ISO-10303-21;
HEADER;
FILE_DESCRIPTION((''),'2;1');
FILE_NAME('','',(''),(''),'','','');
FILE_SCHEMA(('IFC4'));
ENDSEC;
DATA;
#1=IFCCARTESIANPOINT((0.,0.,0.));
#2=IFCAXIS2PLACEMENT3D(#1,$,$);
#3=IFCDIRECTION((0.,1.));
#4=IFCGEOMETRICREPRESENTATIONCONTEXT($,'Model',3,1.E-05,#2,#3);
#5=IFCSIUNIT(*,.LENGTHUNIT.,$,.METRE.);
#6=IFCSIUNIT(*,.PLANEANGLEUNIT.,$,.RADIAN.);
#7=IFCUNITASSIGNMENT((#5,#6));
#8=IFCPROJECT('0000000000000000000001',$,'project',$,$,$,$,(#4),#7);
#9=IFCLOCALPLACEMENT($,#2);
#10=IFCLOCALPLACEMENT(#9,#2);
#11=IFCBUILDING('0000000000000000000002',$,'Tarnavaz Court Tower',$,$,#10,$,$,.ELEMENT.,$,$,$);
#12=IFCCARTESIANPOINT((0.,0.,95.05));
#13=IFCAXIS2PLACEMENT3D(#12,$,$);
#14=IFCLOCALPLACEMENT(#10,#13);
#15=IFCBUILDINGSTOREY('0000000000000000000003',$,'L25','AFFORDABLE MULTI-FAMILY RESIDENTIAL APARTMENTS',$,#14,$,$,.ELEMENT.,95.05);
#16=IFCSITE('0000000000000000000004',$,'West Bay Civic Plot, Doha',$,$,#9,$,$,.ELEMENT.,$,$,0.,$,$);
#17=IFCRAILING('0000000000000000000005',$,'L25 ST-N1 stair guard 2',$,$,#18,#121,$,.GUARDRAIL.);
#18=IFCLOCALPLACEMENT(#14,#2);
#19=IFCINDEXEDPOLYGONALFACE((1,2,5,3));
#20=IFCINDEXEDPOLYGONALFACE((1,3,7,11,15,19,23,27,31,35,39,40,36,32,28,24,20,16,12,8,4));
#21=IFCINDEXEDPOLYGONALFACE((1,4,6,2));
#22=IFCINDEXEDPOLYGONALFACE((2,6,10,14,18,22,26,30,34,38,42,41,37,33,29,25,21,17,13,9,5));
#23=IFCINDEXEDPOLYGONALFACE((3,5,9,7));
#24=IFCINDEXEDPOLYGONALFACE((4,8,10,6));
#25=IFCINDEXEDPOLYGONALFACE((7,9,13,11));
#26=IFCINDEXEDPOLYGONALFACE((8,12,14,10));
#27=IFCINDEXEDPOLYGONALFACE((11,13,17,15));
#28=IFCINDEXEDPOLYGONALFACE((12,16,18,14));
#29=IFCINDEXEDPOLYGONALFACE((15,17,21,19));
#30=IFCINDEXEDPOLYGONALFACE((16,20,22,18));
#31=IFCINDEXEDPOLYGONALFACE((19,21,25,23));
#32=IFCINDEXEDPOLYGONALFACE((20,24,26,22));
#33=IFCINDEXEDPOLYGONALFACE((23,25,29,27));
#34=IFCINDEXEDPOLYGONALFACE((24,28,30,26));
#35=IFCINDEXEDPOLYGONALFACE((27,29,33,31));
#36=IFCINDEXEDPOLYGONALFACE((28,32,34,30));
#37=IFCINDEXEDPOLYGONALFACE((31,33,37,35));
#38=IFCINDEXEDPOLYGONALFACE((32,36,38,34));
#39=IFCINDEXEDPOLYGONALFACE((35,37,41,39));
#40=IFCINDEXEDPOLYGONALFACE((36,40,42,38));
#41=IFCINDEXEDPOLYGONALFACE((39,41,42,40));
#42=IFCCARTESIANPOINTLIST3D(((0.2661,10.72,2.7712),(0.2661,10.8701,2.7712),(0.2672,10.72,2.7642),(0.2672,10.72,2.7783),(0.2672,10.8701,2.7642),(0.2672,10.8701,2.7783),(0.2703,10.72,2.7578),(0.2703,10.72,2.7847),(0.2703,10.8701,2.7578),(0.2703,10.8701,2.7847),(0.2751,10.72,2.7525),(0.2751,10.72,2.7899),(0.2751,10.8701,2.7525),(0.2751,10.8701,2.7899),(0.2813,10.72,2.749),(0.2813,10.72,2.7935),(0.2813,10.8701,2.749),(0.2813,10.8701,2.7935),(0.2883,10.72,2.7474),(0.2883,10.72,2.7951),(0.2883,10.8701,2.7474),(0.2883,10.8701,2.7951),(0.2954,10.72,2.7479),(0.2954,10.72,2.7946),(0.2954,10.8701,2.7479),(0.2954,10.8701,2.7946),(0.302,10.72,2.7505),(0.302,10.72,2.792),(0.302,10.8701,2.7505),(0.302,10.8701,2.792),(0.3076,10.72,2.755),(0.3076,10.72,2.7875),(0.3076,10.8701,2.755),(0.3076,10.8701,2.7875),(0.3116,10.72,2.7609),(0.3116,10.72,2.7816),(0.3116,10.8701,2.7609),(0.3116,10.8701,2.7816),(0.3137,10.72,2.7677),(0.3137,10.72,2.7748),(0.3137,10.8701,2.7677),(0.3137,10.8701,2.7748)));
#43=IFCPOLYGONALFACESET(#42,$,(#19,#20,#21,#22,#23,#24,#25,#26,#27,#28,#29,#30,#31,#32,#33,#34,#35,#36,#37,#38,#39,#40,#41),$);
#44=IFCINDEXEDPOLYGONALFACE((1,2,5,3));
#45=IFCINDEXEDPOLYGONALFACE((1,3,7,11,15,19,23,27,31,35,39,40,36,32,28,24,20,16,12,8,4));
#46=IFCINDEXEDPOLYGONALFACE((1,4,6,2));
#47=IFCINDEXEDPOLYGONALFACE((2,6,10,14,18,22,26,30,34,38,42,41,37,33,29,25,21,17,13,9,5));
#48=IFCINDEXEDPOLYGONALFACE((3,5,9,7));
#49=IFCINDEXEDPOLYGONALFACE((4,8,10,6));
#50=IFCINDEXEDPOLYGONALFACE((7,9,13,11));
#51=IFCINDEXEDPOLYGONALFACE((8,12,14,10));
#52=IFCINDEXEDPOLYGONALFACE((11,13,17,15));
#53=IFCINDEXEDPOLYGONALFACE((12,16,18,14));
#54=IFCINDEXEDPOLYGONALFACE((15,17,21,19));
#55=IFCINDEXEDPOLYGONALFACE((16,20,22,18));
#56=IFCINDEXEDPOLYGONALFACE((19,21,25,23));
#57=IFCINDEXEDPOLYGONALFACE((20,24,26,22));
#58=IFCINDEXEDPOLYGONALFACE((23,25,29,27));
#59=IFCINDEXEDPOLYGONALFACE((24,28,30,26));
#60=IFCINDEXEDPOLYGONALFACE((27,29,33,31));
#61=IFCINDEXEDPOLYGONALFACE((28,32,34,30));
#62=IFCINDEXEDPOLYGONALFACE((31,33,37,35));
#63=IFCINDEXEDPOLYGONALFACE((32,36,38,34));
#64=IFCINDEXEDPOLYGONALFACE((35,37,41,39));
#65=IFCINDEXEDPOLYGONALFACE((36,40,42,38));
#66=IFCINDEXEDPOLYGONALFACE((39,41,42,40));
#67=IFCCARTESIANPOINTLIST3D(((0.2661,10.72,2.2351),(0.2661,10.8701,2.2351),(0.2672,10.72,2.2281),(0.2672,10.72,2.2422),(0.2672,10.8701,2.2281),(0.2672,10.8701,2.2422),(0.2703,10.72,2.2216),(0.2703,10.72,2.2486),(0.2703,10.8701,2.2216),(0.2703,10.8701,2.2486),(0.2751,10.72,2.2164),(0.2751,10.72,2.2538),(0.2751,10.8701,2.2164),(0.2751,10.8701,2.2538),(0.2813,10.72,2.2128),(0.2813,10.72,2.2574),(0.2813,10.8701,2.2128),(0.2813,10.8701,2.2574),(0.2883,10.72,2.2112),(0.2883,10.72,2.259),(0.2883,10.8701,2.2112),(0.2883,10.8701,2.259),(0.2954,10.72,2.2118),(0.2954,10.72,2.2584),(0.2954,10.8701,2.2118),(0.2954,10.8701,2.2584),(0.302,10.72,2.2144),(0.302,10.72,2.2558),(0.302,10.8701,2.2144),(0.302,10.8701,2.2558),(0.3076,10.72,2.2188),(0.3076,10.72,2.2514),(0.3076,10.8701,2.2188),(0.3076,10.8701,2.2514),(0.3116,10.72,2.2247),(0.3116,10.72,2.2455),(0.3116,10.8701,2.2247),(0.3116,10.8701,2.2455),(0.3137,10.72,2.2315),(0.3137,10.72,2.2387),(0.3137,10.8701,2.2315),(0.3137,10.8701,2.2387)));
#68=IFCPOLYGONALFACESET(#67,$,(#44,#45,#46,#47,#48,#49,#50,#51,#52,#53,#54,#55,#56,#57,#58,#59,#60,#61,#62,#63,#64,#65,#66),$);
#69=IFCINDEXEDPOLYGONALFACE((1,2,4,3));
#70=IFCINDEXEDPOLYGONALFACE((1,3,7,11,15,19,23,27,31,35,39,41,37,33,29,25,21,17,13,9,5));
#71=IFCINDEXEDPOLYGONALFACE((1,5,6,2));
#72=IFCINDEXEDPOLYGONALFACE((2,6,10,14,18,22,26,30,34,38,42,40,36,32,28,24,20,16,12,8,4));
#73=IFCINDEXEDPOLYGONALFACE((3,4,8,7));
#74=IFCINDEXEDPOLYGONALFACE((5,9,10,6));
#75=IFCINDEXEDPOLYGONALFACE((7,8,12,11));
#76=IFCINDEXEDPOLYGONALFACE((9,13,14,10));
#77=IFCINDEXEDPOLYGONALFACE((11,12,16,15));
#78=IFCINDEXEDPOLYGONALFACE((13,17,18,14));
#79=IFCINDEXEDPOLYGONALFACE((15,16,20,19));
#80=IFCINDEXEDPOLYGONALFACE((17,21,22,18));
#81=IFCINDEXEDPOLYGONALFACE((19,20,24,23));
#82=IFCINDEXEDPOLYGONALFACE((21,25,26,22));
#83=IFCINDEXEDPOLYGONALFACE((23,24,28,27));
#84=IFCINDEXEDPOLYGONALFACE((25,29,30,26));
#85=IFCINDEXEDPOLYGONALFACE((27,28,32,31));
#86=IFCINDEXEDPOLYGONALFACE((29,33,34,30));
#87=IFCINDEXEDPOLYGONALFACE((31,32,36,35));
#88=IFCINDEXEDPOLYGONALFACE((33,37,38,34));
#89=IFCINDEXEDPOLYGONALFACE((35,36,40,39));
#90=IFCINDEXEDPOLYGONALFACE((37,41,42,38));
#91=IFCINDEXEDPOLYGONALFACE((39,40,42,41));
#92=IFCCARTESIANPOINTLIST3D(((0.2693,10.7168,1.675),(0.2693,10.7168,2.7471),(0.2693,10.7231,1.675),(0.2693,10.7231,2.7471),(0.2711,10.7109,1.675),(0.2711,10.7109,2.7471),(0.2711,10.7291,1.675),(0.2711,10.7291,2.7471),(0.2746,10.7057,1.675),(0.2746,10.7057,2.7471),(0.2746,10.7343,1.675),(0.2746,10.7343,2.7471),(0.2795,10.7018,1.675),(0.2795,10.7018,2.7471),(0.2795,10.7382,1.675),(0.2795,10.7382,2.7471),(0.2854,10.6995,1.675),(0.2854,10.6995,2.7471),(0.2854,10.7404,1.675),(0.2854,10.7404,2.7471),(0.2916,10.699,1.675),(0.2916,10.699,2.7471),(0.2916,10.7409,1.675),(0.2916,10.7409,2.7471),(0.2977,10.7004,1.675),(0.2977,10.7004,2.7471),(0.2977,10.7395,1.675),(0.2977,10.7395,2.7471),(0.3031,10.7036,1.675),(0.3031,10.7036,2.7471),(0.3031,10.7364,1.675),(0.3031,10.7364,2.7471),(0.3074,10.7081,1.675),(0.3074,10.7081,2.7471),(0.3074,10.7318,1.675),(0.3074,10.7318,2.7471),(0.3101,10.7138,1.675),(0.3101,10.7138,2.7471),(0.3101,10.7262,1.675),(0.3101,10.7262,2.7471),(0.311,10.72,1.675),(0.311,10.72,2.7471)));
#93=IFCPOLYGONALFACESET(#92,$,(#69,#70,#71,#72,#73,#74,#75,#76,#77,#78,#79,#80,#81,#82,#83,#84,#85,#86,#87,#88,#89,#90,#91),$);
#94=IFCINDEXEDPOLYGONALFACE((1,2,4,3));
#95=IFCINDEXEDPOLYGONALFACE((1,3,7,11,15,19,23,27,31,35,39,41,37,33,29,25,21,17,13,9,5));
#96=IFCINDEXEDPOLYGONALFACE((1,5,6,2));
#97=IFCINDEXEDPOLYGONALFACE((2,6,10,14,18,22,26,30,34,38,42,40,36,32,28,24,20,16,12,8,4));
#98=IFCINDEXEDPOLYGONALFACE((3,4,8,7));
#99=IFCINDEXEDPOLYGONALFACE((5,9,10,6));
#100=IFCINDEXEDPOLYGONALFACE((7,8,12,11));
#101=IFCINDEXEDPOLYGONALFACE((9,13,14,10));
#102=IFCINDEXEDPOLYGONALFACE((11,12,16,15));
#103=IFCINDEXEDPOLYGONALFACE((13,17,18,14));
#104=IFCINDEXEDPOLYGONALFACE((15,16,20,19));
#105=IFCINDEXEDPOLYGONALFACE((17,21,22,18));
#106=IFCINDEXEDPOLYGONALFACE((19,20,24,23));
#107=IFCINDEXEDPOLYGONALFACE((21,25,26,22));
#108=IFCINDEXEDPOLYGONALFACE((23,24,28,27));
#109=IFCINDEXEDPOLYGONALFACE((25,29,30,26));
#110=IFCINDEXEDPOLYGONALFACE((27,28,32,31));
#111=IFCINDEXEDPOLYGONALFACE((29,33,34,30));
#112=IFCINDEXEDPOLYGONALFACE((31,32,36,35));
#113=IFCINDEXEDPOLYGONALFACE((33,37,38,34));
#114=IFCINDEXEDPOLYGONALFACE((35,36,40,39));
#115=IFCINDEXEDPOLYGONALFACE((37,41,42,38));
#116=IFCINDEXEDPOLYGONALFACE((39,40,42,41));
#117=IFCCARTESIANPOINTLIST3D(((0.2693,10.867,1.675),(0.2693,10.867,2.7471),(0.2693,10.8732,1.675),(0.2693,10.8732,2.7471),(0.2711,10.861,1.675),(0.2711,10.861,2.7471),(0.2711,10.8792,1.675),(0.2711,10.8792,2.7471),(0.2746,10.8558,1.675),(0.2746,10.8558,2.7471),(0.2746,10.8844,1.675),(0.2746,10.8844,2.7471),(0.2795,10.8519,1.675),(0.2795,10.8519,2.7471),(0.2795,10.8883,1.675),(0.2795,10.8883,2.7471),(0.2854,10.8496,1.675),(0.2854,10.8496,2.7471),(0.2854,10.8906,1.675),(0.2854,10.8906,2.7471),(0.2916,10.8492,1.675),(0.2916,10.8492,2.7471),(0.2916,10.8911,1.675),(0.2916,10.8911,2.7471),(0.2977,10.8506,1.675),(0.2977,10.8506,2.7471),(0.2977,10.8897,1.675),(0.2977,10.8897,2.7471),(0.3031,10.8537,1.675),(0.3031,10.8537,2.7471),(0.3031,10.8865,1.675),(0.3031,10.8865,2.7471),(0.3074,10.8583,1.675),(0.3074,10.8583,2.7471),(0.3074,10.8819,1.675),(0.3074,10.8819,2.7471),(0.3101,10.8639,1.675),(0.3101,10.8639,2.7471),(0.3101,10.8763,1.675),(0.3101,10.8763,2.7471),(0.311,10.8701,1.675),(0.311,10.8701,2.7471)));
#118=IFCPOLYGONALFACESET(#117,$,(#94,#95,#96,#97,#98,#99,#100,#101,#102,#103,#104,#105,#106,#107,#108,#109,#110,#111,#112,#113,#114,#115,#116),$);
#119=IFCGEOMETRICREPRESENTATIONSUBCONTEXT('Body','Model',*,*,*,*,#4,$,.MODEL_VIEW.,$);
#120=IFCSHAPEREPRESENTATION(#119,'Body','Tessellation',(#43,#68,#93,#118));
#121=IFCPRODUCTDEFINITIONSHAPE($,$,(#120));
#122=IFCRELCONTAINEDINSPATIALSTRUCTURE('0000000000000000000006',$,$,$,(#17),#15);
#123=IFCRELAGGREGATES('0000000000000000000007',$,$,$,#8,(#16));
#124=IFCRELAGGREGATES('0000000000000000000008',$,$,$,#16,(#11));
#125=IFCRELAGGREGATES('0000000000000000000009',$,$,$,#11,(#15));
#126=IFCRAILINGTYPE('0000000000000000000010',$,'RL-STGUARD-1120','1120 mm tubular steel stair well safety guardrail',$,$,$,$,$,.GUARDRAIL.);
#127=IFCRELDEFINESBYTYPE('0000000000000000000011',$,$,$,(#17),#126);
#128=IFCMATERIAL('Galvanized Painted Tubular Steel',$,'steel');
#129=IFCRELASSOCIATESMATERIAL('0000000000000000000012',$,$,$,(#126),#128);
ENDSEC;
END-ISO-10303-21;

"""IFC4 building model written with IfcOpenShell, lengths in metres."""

from ifc_helpers import new_model, si_unit, direction, frame, origin, origin_2d, place, context, subcontext, project, spatial, circle, extrude, material, type_object, element, save


model = new_model("IFC4")

# Units and contexts
model_context = context("Model", 3, precision=1e-05, world=origin(), true_north=direction((0.0, 1.0)))
body_context = subcontext(model_context, "Body", "Model", "MODEL_VIEW")
ifc_project = project(units=[si_unit("LENGTHUNIT", "METRE"), si_unit("PLANEANGLEUNIT", "RADIAN")], contexts=[model_context])

# Site, building, storey
site_placement = place(None, origin())
site = spatial("IfcSite", under=ifc_project, at=site_placement, Name="West Bay Civic Plot, Doha", CompositionType="ELEMENT", RefElevation=0.0)
building_placement = place(site_placement, origin())
building = spatial("IfcBuilding", under=site, at=building_placement, Name="Tarnavaz Court Tower", CompositionType="ELEMENT")
storey_placement = place(building_placement, frame((0.0, 0.0, 95.05)))
storey = spatial("IfcBuildingStorey", under=building, at=storey_placement, Name="L25", Description="AFFORDABLE MULTI-FAMILY RESIDENTIAL APARTMENTS", CompositionType="ELEMENT", Elevation=95.05)

# Railing
ifc_material_1 = material(Name="Galvanized Painted Tubular Steel", Category="steel")
railing_type_1 = type_object("IfcRailingType", Name="RL-STGUARD-1120", Description="1120 mm tubular steel stair well safety guardrail", PredefinedType="GUARDRAIL", material=ifc_material_1)
railing_1_placement = place(storey_placement, frame((0.29, 10.72, 1.675)))
element("IfcRailing", 1, at=railing_1_placement, inside=storey, type_object=railing_type_1, Name="L25 ST-N1 stair guard 2", PredefinedType="GUARDRAIL", context=body_context, shape_type="SweptSolid", body=[
    extrude(circle(Radius=0.0239, at=origin_2d()), frame((0.0, 0.0, 1.0962), z_axis=(0.0, 1.0, 0.0), x_axis=(-1.0, 0.0, 0.0)), (0.0, 0.0, 1.0), 0.1501),
    extrude(circle(Radius=0.0239, at=origin_2d()), frame((0.0, 0.0, 0.5601), z_axis=(0.0, 1.0, 0.0), x_axis=(-1.0, 0.0, 0.0)), (0.0, 0.0, 1.0), 0.1501),
    extrude(circle(Radius=0.021, at=origin_2d()), origin(), (0.0, 0.0, 1.0), 1.072),
    extrude(circle(Radius=0.021, at=origin_2d()), frame((0.0, 0.1501, 0.0)), (0.0, 0.0, 1.0), 1.072),
])

save(model, "model.ifc")
